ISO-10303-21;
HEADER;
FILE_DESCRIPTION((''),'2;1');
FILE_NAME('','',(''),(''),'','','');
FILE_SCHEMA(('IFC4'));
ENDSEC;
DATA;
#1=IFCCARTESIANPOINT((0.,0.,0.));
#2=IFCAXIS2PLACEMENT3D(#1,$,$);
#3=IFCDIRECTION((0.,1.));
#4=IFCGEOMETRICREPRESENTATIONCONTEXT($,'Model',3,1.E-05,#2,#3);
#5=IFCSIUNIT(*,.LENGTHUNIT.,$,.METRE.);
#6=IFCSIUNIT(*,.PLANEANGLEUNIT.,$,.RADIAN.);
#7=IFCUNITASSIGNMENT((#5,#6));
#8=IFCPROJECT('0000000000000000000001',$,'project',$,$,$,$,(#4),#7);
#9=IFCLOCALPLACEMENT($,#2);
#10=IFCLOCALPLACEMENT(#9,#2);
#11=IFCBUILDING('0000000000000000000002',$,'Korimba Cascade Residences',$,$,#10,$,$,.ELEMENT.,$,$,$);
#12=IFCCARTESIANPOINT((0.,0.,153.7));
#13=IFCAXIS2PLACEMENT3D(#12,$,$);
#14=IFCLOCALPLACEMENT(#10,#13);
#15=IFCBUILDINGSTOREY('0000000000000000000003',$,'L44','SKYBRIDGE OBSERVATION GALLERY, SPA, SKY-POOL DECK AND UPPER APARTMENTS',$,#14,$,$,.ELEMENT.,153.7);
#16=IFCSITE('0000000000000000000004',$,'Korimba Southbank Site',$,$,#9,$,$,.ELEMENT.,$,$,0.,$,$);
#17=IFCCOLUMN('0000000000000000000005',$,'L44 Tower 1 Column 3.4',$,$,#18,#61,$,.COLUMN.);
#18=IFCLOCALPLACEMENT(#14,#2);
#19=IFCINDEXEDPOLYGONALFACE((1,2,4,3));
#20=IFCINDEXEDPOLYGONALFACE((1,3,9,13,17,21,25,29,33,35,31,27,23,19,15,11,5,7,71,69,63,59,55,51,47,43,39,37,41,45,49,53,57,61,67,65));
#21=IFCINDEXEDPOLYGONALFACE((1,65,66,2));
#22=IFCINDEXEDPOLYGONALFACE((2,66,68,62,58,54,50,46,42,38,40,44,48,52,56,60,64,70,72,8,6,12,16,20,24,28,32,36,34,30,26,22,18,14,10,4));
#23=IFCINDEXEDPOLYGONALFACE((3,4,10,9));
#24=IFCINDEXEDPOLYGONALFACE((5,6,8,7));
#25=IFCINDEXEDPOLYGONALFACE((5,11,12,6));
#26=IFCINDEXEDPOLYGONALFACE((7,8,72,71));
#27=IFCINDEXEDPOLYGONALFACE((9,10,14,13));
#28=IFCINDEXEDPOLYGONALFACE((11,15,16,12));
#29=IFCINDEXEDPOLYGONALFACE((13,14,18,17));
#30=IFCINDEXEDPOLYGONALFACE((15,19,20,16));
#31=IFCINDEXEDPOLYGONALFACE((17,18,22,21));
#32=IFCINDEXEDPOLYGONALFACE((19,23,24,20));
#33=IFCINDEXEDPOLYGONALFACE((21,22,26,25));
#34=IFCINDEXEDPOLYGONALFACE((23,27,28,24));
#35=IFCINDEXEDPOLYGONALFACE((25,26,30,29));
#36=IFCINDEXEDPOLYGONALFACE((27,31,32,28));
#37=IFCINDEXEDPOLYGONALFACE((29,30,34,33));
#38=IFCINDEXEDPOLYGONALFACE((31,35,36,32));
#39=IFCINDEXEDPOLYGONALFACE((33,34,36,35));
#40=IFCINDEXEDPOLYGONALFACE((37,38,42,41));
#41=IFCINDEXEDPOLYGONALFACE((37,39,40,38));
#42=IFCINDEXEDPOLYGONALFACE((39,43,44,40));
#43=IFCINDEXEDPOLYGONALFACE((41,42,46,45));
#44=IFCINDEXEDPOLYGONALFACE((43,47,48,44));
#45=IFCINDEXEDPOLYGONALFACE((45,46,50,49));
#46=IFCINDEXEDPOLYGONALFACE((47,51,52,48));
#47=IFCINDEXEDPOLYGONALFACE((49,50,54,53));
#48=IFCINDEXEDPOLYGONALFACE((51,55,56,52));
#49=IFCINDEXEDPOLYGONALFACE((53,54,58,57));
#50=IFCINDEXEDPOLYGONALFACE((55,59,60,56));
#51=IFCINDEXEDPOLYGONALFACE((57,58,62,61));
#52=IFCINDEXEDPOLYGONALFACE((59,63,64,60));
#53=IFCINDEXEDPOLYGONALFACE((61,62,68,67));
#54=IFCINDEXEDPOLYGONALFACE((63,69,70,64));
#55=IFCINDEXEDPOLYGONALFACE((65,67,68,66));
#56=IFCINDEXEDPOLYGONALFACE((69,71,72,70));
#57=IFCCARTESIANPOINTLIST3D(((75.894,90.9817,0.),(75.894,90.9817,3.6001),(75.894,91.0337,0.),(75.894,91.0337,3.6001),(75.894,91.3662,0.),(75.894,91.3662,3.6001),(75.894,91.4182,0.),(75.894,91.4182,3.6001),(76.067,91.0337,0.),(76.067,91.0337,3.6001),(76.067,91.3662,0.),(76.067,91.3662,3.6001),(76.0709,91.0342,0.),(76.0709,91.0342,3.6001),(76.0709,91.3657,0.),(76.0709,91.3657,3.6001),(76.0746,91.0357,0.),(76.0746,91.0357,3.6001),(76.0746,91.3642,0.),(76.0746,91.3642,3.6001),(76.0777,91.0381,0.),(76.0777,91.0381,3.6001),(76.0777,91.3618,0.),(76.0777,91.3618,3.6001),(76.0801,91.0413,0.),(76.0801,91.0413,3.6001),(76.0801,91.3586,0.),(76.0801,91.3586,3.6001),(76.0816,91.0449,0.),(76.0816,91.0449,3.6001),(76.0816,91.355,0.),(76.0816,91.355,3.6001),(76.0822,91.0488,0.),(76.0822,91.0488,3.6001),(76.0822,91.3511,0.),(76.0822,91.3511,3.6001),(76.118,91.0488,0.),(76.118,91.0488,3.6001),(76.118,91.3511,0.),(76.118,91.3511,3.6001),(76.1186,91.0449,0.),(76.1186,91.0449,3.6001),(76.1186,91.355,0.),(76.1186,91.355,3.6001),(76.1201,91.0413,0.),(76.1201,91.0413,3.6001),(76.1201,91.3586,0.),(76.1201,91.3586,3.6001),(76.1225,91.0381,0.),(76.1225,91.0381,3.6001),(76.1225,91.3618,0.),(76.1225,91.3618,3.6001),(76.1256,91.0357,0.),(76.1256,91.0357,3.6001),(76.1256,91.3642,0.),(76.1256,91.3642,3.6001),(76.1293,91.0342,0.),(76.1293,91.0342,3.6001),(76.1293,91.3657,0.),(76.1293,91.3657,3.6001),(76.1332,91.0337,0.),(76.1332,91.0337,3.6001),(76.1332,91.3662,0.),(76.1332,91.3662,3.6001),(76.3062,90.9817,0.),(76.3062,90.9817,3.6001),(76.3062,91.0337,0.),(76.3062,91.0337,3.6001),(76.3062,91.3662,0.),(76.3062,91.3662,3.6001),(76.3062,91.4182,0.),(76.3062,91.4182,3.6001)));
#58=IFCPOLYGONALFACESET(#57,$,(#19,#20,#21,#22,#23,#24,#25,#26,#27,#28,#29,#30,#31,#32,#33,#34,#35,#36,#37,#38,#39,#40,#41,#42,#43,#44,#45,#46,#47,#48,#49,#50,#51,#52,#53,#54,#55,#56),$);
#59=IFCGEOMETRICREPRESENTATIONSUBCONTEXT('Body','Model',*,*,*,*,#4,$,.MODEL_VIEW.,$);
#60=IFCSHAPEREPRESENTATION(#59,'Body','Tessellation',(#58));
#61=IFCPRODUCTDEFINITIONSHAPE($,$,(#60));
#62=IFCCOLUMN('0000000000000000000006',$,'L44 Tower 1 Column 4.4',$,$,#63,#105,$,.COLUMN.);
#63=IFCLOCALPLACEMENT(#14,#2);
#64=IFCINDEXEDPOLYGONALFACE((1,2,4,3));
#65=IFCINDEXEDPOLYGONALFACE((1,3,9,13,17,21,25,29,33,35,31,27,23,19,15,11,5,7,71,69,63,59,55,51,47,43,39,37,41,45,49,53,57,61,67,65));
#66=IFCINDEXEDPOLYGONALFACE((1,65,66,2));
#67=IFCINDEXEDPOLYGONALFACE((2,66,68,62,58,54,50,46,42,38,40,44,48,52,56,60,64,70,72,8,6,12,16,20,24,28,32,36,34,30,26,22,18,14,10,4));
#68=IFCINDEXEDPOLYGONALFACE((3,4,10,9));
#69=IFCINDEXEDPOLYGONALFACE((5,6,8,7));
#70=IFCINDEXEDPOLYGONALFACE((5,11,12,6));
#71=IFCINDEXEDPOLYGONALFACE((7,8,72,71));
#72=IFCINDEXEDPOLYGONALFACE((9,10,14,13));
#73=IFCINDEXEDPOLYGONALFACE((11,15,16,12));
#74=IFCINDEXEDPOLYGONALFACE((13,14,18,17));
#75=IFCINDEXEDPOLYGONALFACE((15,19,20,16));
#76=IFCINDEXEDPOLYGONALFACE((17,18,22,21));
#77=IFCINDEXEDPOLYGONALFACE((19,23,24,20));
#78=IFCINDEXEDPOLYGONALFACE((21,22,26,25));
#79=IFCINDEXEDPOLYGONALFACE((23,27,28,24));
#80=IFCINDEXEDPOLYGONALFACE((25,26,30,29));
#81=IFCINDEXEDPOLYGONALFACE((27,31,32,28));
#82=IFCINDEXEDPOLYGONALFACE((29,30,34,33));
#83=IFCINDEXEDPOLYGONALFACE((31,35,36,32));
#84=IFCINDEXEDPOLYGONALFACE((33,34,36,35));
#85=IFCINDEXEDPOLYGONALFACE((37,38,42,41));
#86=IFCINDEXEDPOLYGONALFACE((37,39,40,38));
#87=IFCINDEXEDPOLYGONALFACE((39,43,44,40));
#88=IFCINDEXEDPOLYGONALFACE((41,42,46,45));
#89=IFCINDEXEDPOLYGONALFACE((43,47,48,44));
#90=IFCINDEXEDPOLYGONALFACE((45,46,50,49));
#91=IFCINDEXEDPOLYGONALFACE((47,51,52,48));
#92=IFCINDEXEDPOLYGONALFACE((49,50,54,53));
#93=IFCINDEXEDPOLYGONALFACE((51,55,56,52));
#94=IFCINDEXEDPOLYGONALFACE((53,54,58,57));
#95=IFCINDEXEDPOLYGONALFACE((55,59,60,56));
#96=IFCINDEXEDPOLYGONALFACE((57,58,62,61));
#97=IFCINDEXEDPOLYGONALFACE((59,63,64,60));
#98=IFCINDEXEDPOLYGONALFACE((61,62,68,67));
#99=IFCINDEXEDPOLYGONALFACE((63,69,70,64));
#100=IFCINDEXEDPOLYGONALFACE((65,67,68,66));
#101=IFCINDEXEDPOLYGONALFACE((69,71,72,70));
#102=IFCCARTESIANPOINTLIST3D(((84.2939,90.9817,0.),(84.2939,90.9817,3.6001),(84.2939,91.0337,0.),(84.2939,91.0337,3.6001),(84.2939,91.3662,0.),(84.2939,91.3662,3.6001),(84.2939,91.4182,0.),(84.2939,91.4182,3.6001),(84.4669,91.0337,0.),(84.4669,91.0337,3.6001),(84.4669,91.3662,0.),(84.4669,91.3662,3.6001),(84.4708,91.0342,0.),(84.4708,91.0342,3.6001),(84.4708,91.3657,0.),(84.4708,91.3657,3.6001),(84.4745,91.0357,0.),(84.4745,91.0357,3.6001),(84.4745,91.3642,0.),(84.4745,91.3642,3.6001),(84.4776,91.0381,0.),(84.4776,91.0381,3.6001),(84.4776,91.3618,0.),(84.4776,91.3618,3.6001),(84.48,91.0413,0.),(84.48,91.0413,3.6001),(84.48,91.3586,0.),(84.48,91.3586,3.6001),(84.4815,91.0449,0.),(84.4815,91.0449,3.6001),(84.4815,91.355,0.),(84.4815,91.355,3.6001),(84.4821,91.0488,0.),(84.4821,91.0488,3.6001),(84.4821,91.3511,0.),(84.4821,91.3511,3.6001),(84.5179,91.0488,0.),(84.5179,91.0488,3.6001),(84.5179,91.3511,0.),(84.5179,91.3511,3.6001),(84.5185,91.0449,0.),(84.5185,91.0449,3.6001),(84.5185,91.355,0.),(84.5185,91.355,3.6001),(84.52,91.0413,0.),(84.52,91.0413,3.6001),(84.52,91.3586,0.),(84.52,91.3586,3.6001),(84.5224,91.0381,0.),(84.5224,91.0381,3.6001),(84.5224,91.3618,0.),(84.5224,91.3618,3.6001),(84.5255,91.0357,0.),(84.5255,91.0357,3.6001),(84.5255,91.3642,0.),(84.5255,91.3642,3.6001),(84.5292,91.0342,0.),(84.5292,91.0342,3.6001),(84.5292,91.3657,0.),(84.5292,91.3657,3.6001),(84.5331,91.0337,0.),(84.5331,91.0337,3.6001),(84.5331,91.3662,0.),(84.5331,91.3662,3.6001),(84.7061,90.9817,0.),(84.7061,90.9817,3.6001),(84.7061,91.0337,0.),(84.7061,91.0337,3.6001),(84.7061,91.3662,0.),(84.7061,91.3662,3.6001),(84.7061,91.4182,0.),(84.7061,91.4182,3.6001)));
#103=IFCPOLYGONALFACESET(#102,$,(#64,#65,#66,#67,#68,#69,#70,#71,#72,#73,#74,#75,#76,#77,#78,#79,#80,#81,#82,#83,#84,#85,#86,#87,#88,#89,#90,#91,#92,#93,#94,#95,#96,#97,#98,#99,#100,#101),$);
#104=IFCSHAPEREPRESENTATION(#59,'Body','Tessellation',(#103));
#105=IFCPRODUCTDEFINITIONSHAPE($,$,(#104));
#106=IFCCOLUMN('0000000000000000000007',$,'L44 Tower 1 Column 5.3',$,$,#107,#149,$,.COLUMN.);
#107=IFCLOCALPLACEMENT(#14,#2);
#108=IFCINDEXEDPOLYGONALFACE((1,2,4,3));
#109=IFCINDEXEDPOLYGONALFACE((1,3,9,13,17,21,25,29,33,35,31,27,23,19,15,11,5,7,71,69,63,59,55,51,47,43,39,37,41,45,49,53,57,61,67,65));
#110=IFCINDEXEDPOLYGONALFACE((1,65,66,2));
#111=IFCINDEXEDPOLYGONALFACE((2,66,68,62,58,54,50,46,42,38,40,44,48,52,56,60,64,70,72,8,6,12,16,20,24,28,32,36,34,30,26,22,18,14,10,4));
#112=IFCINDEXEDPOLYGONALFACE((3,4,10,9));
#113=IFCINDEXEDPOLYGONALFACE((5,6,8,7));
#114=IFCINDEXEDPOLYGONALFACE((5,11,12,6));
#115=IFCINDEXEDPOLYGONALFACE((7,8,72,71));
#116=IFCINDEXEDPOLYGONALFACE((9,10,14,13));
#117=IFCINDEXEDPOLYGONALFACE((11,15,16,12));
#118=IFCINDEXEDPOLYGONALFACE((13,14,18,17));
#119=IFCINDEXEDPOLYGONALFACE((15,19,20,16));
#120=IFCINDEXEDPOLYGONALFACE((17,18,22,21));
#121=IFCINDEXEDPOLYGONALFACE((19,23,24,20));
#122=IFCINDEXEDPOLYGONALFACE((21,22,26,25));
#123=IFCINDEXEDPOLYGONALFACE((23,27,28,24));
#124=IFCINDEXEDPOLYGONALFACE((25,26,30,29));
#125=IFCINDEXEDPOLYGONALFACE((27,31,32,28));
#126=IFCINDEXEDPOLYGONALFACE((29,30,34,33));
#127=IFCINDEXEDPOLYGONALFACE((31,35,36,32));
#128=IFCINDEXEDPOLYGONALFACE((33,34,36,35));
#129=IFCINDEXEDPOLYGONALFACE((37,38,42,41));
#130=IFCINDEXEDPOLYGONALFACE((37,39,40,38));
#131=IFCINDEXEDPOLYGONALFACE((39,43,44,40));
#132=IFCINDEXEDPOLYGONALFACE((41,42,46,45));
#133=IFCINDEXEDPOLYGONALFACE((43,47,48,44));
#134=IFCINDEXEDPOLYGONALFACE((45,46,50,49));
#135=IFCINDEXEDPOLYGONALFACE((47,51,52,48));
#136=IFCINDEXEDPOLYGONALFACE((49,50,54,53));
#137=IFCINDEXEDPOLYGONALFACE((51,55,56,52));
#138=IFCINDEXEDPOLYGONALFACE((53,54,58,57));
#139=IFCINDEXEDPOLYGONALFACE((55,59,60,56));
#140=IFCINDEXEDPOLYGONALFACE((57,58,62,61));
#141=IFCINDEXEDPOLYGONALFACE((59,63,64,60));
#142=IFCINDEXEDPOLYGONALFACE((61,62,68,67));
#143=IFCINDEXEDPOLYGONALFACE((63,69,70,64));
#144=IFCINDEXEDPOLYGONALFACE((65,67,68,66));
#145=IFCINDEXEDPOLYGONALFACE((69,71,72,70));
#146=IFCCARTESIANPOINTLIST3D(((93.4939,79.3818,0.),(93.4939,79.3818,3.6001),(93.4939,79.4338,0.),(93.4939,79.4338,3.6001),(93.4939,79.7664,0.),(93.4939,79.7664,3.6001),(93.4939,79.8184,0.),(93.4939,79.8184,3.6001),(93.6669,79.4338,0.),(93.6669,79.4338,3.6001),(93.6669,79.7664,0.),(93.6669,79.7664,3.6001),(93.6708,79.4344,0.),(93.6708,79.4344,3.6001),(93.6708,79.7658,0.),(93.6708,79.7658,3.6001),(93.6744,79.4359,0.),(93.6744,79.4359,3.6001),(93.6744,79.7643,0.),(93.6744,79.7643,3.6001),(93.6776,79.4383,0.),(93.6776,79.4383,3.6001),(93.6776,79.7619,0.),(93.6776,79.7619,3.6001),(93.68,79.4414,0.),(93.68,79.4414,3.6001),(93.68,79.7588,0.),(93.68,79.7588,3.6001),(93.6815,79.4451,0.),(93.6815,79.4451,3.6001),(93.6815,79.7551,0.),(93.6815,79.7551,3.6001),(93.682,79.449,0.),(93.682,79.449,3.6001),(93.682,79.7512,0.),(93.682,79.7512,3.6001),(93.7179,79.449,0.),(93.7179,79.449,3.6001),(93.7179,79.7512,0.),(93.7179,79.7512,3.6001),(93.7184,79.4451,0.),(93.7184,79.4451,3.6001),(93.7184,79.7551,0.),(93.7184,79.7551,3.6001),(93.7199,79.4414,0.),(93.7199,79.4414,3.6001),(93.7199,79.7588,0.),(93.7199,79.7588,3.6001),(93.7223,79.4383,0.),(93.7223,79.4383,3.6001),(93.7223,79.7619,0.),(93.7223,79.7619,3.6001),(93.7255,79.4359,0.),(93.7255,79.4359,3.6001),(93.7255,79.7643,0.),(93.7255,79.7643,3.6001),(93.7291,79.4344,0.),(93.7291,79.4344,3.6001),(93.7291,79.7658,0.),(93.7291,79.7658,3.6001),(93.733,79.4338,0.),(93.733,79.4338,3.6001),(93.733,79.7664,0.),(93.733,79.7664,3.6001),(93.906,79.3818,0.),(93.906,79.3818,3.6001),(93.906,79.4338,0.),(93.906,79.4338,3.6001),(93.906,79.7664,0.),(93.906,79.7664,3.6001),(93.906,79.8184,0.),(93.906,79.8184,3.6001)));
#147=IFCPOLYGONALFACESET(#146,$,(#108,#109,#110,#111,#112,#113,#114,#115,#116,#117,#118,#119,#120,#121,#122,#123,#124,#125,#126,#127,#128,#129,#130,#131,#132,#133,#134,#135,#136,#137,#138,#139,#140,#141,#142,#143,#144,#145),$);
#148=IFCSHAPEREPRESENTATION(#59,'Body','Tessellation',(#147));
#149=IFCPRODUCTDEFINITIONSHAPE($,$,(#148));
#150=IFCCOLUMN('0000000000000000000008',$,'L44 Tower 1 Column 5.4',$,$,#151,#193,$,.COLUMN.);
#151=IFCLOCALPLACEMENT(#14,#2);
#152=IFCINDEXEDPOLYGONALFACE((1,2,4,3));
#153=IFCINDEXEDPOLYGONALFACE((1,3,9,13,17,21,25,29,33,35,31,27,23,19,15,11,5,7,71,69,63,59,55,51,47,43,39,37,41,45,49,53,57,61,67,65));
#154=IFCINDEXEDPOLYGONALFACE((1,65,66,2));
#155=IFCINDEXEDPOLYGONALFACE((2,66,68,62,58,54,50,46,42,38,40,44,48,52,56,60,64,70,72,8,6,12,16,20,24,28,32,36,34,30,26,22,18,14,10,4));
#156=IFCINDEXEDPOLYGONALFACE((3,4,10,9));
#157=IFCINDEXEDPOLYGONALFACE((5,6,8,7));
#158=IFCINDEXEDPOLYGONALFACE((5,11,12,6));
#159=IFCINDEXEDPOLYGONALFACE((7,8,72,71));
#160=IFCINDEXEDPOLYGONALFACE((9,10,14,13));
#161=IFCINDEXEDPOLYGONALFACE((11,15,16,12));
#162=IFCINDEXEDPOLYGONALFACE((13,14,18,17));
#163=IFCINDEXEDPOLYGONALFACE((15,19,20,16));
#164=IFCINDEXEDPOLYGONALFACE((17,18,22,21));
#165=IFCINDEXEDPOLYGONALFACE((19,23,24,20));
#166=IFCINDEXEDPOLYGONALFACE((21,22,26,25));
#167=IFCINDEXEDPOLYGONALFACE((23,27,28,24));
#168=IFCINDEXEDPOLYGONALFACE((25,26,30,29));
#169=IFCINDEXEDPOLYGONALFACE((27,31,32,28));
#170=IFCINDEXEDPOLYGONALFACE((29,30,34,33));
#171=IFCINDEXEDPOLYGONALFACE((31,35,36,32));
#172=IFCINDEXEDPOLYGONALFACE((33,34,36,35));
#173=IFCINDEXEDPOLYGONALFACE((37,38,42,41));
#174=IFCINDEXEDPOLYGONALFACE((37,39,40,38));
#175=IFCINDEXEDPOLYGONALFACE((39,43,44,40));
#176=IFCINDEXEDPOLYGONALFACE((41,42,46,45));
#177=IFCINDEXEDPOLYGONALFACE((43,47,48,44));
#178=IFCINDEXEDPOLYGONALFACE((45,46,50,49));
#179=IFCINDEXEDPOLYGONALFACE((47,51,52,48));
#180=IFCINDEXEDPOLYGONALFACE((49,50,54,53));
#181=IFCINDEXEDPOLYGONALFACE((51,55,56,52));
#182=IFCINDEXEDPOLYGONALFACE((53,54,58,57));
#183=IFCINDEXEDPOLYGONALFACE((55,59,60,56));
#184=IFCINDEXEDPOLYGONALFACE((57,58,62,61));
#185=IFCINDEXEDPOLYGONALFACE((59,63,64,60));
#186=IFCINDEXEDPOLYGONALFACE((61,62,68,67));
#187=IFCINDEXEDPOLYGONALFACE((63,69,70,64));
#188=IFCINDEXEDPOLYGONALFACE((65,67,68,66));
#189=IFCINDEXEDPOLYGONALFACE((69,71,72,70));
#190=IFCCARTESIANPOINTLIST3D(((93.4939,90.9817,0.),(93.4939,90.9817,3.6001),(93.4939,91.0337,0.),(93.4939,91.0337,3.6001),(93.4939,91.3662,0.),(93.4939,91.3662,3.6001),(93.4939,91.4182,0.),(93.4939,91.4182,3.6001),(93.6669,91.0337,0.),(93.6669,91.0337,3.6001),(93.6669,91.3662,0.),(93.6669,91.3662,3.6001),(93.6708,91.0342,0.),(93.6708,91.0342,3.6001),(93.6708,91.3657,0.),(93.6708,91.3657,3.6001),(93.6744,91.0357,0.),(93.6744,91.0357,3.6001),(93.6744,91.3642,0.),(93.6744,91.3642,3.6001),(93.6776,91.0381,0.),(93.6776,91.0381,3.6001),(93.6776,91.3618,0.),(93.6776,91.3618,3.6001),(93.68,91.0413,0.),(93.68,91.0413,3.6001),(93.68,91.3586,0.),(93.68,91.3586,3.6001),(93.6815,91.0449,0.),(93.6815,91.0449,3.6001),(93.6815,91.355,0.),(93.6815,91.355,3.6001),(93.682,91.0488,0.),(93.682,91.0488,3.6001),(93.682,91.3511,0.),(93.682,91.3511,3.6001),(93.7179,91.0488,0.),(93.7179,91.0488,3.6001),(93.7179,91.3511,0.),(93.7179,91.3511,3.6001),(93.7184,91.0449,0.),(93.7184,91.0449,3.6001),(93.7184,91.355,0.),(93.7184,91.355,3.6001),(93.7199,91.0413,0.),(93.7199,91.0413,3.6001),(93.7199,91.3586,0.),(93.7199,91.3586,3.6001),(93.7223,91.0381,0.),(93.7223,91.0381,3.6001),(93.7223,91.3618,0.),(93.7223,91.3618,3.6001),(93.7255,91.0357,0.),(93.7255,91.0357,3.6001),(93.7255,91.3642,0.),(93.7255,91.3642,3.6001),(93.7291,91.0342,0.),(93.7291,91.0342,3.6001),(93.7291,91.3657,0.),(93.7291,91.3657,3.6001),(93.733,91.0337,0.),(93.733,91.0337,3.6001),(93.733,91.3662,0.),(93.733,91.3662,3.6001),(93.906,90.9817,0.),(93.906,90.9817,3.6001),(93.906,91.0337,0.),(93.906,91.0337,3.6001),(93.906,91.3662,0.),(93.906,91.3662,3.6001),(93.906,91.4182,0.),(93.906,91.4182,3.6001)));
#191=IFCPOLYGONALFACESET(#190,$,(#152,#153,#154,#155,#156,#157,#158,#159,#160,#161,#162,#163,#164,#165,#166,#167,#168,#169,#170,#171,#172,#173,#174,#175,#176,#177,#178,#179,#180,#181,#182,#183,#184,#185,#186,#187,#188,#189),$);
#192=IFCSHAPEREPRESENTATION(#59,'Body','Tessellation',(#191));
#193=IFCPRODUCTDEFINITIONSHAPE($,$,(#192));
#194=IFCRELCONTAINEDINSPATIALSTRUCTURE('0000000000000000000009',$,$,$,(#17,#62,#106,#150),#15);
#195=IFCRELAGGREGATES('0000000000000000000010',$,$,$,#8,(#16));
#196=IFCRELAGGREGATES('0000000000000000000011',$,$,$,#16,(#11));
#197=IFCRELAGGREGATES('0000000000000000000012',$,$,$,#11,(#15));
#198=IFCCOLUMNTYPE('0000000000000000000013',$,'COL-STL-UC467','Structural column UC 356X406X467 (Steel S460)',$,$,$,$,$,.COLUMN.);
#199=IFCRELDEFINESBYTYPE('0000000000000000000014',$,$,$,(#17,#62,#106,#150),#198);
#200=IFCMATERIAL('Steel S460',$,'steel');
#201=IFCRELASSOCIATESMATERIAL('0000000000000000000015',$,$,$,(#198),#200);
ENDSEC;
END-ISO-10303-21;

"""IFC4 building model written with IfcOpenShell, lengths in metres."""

from ifc_helpers import new_model, si_unit, direction, frame, origin, origin_2d, place, context, subcontext, project, spatial, i_section, extrude, material, material_profile, profile_set, type_object, element, save


model = new_model("IFC4")

# Units and contexts
model_context = context("Model", 3, precision=1e-05, world=origin(), true_north=direction((0.0, 1.0)))
body_context = subcontext(model_context, "Body", "Model", "MODEL_VIEW")
ifc_project = project(units=[si_unit("LENGTHUNIT", "METRE"), si_unit("PLANEANGLEUNIT", "RADIAN")], contexts=[model_context])

# Site, building, storey
site_placement = place(None, origin())
site = spatial("IfcSite", under=ifc_project, at=site_placement, Name="Korimba Southbank Site", CompositionType="ELEMENT", RefElevation=0.0)
building_placement = place(site_placement, origin())
building = spatial("IfcBuilding", under=site, at=building_placement, Name="Korimba Cascade Residences", CompositionType="ELEMENT")
storey_placement = place(building_placement, frame((0.0, 0.0, 153.7)))
storey = spatial("IfcBuildingStorey", under=building, at=storey_placement, Name="L44", Description="SKYBRIDGE OBSERVATION GALLERY, SPA, SKY-POOL DECK AND UPPER APARTMENTS", CompositionType="ELEMENT", Elevation=153.7)

# Columns
ifc_material_1 = material(Name="Steel S460", Category="steel")
ifc_material_profile_1 = material_profile(ifc_material_1, i_section(OverallWidth=0.4121, OverallDepth=0.4365, WebThickness=0.0359, FlangeThickness=0.052, FilletRadius=0.0151, at=origin_2d()), Name="Steel S460")
ifc_profile_set_1 = profile_set([ifc_material_profile_1], Name="Steel S460")
column_type = type_object("IfcColumnType", Name="COL-STL-UC467", Description="Structural column UC 356X406X467 (Steel S460)", PredefinedType="COLUMN", material=ifc_profile_set_1)
for number, where, z_axis, x_axis, name in (
    (1, (76.1001, 91.2, 0.0), (0.0, 0.0, 1.0), (1.0, 0.0, 0.0), "L44 Tower 1 Column 3.4"),
    (2, (84.5, 91.2, 0.0), (0.0, 0.0, 1.0), (1.0, 0.0, 0.0), "L44 Tower 1 Column 4.4"),
    (3, (93.7, 79.6001, 0.0), (0.0, 0.0, 1.0), (1.0, 0.0, 0.0), "L44 Tower 1 Column 5.3"),
    (4, (93.7, 91.2, 0.0), (0.0, 0.0, 1.0), (1.0, 0.0, 0.0), "L44 Tower 1 Column 5.4"),
):
    element("IfcColumn", number, at=place(storey_placement, frame(where, z_axis=z_axis, x_axis=x_axis)), inside=storey, type_object=column_type, Name=name, PredefinedType="COLUMN", context=body_context, shape_type="SweptSolid", body=[
        extrude(i_section(OverallWidth=0.4121, OverallDepth=0.4365, WebThickness=0.0359, FlangeThickness=0.052, FilletRadius=0.0151, at=origin_2d()), origin(), (0.0, 0.0, 1.0), 3.6001),
    ])

save(model, "model.ifc")
